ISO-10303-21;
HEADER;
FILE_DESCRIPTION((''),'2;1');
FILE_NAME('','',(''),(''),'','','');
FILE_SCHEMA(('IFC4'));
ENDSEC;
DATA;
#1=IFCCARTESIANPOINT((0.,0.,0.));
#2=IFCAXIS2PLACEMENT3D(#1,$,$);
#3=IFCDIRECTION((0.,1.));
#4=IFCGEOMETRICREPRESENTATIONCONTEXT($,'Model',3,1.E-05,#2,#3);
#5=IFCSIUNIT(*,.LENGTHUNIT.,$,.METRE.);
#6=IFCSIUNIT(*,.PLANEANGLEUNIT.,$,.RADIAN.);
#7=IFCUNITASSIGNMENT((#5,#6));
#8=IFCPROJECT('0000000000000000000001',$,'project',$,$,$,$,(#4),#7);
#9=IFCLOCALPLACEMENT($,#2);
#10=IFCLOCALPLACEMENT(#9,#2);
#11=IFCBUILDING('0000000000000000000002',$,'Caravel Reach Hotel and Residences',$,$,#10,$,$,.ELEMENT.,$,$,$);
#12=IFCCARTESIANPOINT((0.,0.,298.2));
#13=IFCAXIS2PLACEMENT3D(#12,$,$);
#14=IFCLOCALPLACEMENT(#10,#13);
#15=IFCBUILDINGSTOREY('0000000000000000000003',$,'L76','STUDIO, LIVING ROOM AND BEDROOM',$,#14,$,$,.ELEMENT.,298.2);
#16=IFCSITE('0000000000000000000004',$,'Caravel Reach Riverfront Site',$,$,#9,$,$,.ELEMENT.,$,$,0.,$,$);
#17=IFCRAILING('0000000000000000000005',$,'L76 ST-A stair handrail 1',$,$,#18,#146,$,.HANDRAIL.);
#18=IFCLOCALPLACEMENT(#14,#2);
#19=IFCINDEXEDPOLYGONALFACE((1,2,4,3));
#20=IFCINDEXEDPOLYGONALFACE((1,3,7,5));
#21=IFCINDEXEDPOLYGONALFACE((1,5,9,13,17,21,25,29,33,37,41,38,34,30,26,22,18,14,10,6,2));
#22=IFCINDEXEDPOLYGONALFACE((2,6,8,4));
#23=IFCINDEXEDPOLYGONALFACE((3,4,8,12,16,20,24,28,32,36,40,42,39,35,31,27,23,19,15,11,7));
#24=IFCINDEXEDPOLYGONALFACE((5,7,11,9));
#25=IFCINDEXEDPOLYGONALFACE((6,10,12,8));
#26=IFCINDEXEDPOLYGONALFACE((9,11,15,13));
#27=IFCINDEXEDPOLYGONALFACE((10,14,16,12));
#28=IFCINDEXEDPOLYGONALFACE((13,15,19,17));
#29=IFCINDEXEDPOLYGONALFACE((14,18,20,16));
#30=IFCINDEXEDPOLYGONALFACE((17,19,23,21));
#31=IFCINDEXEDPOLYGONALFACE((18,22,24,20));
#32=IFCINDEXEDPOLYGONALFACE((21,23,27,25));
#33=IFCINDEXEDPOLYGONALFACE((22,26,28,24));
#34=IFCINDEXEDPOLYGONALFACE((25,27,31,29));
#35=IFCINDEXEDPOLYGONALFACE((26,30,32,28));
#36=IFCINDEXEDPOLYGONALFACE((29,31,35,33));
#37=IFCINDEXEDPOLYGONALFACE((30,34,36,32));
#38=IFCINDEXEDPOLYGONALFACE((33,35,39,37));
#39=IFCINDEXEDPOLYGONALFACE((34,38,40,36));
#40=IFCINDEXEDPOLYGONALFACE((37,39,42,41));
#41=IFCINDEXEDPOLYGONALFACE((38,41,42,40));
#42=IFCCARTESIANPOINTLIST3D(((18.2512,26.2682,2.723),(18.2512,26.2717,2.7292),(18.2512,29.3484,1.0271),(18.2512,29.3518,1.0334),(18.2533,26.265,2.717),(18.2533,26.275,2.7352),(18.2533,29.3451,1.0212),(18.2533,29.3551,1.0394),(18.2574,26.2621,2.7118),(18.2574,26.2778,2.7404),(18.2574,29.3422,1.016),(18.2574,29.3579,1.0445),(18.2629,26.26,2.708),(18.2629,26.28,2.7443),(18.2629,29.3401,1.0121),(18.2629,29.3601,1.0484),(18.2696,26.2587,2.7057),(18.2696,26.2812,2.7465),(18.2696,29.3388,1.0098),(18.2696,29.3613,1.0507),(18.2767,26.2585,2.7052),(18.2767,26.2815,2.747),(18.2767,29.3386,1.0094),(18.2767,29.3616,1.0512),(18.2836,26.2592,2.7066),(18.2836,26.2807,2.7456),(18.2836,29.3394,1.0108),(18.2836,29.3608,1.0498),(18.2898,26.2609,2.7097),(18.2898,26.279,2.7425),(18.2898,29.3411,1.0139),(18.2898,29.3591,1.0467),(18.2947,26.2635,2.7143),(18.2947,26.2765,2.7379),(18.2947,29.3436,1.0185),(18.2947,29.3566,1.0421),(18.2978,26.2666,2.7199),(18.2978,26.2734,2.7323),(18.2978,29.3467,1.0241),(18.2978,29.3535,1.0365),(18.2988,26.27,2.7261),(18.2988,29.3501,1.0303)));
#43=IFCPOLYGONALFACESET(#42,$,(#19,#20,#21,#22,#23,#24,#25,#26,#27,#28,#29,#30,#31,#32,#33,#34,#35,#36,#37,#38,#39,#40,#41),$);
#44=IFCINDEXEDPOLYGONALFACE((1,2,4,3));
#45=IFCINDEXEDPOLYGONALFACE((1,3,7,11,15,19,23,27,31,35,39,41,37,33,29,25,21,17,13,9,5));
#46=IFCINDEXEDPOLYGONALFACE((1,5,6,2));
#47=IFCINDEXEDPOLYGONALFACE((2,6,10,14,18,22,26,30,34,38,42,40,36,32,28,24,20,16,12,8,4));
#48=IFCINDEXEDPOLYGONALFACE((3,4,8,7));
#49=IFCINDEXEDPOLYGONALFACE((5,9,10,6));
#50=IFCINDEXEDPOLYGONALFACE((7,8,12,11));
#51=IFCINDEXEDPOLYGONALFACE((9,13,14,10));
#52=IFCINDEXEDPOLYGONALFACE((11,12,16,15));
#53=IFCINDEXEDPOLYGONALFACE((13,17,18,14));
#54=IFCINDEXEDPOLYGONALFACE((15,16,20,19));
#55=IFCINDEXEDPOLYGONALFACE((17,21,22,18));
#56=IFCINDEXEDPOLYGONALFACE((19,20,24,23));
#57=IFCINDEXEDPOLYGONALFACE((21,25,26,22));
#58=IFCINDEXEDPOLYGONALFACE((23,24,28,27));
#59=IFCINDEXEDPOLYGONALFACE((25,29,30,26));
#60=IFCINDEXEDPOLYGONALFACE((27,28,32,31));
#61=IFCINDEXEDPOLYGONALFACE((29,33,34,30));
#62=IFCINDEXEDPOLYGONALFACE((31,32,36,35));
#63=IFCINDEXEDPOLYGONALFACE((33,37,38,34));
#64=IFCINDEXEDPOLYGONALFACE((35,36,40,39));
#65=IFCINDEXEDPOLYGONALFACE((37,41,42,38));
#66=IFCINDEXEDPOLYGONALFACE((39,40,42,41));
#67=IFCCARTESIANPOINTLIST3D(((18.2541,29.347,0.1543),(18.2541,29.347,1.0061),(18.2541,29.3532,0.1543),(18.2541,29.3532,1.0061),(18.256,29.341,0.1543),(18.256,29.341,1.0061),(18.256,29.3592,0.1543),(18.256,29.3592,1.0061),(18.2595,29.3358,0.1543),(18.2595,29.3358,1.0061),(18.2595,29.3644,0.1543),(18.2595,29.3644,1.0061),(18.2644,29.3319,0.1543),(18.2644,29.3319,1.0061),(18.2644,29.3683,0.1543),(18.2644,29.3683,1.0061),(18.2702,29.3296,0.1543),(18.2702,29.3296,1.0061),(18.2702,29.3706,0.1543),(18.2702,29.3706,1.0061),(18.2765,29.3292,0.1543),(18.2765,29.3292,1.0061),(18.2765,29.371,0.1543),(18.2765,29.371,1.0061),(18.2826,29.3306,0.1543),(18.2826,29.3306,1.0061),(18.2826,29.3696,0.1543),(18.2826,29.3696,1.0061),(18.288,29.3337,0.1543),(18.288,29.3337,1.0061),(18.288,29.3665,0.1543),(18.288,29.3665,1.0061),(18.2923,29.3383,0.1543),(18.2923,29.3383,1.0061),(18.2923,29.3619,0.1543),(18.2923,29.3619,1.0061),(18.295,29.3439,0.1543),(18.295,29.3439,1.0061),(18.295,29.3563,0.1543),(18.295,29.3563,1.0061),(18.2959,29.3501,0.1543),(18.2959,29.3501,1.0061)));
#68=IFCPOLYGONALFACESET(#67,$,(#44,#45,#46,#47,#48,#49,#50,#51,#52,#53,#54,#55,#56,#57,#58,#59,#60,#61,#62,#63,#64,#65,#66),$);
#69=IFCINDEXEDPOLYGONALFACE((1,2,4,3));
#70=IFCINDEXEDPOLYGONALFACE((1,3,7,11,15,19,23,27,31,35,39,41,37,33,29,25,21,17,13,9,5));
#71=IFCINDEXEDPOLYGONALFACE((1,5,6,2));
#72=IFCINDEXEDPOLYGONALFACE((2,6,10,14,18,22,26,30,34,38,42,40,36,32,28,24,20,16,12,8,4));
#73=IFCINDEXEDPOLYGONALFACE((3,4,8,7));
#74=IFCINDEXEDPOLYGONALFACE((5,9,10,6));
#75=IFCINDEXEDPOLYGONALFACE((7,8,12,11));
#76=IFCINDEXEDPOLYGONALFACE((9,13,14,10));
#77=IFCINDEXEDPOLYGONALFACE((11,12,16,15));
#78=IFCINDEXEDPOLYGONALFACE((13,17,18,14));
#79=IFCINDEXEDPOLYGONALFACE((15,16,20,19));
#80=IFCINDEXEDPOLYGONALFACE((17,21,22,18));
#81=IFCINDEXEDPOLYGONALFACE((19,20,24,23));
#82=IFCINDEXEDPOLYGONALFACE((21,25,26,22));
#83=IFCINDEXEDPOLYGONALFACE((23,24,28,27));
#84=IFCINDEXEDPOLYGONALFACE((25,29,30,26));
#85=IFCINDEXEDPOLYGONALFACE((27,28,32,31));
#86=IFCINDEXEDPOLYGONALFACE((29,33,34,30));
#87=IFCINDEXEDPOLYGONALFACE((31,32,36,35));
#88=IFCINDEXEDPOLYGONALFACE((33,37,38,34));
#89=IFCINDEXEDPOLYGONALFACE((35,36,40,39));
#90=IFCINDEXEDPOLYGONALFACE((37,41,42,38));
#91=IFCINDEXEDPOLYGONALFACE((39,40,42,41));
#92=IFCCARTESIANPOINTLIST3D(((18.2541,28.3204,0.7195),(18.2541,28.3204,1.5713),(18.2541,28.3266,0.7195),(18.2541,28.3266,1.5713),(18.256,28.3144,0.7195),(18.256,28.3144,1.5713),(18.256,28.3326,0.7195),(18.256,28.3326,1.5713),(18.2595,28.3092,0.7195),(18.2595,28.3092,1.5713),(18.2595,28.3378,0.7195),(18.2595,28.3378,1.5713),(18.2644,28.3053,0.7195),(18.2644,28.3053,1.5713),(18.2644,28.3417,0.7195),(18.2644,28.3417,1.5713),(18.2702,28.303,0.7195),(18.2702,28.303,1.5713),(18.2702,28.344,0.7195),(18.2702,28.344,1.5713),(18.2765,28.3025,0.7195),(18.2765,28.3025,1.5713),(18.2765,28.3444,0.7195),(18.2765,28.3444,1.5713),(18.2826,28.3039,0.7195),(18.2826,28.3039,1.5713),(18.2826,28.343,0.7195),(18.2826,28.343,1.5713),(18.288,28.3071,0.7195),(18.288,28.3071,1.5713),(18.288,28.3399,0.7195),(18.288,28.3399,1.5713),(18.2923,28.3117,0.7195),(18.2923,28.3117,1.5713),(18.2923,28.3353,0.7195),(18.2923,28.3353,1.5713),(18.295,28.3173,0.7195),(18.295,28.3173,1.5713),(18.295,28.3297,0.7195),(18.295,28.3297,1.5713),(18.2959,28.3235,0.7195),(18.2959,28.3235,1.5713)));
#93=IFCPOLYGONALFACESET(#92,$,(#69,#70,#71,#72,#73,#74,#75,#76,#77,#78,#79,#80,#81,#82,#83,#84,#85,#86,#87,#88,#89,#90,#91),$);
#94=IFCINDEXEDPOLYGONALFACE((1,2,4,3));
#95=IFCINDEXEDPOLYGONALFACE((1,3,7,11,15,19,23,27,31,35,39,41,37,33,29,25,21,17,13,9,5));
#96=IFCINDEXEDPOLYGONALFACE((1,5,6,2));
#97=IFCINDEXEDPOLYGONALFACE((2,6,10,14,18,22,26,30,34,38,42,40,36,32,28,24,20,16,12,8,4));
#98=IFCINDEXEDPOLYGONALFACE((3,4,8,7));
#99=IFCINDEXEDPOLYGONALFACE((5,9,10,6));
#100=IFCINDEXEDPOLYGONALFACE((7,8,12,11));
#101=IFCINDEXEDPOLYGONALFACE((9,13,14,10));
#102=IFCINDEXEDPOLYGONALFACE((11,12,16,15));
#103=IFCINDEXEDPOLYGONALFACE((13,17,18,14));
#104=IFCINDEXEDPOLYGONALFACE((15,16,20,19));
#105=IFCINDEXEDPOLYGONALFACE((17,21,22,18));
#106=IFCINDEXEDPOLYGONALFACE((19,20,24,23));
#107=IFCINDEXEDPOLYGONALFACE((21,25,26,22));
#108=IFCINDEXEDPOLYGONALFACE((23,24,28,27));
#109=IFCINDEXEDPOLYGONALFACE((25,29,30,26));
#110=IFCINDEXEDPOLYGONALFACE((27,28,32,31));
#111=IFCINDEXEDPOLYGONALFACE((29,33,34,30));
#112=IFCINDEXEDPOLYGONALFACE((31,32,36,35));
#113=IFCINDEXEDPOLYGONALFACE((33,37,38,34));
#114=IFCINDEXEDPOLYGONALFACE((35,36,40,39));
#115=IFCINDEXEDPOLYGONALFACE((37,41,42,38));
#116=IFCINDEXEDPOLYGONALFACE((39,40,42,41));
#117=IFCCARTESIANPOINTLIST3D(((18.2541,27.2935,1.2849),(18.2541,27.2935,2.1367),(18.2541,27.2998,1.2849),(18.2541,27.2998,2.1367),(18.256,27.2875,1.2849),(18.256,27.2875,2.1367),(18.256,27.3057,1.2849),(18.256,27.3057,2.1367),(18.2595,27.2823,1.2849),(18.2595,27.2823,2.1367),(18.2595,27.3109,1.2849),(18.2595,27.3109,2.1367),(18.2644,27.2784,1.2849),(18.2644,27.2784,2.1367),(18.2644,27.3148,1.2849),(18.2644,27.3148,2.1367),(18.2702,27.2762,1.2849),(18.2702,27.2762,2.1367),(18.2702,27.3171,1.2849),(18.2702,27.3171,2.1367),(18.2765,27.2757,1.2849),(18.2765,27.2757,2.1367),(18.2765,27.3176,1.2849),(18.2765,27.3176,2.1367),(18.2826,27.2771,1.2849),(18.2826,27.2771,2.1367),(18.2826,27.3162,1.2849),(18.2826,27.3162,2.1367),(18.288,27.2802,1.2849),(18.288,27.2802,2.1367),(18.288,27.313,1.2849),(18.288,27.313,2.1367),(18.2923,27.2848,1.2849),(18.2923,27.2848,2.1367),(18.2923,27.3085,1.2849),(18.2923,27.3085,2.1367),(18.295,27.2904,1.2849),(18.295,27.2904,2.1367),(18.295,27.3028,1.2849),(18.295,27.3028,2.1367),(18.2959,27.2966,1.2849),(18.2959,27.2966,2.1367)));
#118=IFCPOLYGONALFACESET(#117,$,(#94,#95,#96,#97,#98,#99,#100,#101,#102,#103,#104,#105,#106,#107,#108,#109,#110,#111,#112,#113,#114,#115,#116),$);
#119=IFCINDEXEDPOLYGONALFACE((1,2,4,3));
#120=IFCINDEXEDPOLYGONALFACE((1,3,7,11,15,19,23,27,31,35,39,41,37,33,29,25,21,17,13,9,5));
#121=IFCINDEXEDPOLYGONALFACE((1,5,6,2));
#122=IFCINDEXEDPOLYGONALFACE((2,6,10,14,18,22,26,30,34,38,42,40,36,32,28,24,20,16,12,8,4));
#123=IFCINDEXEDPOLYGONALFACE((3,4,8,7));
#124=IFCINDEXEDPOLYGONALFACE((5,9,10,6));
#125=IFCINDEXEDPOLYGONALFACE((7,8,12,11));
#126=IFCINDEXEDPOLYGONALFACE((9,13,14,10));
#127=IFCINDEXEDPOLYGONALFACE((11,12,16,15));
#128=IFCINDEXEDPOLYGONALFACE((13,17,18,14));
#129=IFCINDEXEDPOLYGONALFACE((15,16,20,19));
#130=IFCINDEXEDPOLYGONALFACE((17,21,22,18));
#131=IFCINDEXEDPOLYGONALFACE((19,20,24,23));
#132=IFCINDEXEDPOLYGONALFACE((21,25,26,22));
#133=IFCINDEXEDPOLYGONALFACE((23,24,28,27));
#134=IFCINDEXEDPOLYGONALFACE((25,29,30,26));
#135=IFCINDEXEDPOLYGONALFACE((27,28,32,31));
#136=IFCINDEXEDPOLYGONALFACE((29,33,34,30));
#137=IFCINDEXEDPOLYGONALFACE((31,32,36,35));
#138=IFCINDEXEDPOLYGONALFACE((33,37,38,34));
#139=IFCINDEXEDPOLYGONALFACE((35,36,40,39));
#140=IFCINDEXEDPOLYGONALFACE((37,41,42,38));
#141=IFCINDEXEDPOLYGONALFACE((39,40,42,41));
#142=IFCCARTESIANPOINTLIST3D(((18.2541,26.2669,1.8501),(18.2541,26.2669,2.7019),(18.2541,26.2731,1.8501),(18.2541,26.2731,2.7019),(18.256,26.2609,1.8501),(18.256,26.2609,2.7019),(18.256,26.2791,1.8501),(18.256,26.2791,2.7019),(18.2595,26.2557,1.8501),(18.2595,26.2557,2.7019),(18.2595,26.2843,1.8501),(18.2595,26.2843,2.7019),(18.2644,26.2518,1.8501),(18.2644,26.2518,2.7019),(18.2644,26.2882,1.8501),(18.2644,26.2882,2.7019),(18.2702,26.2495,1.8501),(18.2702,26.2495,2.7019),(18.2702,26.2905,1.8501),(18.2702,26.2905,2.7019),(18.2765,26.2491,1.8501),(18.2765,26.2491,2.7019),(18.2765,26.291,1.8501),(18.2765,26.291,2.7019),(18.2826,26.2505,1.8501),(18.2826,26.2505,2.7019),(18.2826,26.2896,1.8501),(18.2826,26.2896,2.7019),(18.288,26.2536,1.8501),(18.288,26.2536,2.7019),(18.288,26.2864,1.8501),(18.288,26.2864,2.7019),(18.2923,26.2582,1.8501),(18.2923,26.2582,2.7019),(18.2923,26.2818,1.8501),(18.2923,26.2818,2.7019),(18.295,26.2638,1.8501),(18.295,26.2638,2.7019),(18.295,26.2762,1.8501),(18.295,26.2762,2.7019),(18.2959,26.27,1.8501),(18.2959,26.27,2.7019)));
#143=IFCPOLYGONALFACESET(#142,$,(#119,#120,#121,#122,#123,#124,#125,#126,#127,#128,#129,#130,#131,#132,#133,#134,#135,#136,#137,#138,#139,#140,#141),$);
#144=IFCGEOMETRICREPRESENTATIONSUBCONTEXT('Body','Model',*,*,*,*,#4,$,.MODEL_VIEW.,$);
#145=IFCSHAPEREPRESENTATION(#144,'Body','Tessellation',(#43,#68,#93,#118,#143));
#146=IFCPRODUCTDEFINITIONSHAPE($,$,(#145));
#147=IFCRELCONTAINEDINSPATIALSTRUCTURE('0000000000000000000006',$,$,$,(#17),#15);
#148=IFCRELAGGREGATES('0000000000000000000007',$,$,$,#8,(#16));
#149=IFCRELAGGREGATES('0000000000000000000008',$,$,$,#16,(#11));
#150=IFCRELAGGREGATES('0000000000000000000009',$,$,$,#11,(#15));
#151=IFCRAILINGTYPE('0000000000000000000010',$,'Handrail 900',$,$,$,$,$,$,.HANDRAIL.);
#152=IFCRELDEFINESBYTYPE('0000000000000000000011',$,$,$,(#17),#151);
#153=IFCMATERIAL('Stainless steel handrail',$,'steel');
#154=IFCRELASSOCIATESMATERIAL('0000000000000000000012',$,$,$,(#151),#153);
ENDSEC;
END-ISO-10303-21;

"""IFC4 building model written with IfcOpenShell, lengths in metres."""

from ifc_helpers import new_model, si_unit, direction, frame, origin, origin_2d, place, context, subcontext, project, spatial, circle, extrude, material, type_object, element, save


model = new_model("IFC4")

# Units and contexts
model_context = context("Model", 3, precision=1e-05, world=origin(), true_north=direction((0.0, 1.0)))
body_context = subcontext(model_context, "Body", "Model", "MODEL_VIEW")
ifc_project = project(units=[si_unit("LENGTHUNIT", "METRE"), si_unit("PLANEANGLEUNIT", "RADIAN")], contexts=[model_context])

# Site, building, storey
site_placement = place(None, origin())
site = spatial("IfcSite", under=ifc_project, at=site_placement, Name="Caravel Reach Riverfront Site", CompositionType="ELEMENT", RefElevation=0.0)
building_placement = place(site_placement, origin())
building = spatial("IfcBuilding", under=site, at=building_placement, Name="Caravel Reach Hotel and Residences", CompositionType="ELEMENT")
storey_placement = place(building_placement, frame((0.0, 0.0, 298.2)))
storey = spatial("IfcBuildingStorey", under=building, at=storey_placement, Name="L76", Description="STUDIO, LIVING ROOM AND BEDROOM", CompositionType="ELEMENT", Elevation=298.2)

# Railing
ifc_material_1 = material(Name="Stainless steel handrail", Category="steel")
railing_type_1 = type_object("IfcRailingType", Name="Handrail 900", PredefinedType="HANDRAIL", material=ifc_material_1)
railing_1_placement = place(storey_placement, frame((18.2749, 29.3501, 0.1543)))
element("IfcRailing", 1, at=railing_1_placement, inside=storey, type_object=railing_type_1, Name="L76 ST-A stair handrail 1", PredefinedType="HANDRAIL", context=body_context, shape_type="SweptSolid", body=[
    extrude(circle(Radius=0.0239, at=origin_2d()), frame((0.0, 0.0, 0.876), z_axis=(0.0, -0.876005, 0.482303), x_axis=(1.0, 0.0, 0.0)), (0.0, 0.0, 1.0), 3.5161),
    extrude(circle(Radius=0.021, at=origin_2d()), origin(), (0.0, 0.0, 1.0), 0.8518),
    extrude(circle(Radius=0.021, at=origin_2d()), frame((0.0, -1.0266, 0.5652)), (0.0, 0.0, 1.0), 0.8518),
    extrude(circle(Radius=0.021, at=origin_2d()), frame((0.0, -2.0535, 1.1306)), (0.0, 0.0, 1.0), 0.8518),
    extrude(circle(Radius=0.021, at=origin_2d()), frame((0.0, -3.0801, 1.6958)), (0.0, 0.0, 1.0), 0.8518),
])

save(model, "model.ifc")
